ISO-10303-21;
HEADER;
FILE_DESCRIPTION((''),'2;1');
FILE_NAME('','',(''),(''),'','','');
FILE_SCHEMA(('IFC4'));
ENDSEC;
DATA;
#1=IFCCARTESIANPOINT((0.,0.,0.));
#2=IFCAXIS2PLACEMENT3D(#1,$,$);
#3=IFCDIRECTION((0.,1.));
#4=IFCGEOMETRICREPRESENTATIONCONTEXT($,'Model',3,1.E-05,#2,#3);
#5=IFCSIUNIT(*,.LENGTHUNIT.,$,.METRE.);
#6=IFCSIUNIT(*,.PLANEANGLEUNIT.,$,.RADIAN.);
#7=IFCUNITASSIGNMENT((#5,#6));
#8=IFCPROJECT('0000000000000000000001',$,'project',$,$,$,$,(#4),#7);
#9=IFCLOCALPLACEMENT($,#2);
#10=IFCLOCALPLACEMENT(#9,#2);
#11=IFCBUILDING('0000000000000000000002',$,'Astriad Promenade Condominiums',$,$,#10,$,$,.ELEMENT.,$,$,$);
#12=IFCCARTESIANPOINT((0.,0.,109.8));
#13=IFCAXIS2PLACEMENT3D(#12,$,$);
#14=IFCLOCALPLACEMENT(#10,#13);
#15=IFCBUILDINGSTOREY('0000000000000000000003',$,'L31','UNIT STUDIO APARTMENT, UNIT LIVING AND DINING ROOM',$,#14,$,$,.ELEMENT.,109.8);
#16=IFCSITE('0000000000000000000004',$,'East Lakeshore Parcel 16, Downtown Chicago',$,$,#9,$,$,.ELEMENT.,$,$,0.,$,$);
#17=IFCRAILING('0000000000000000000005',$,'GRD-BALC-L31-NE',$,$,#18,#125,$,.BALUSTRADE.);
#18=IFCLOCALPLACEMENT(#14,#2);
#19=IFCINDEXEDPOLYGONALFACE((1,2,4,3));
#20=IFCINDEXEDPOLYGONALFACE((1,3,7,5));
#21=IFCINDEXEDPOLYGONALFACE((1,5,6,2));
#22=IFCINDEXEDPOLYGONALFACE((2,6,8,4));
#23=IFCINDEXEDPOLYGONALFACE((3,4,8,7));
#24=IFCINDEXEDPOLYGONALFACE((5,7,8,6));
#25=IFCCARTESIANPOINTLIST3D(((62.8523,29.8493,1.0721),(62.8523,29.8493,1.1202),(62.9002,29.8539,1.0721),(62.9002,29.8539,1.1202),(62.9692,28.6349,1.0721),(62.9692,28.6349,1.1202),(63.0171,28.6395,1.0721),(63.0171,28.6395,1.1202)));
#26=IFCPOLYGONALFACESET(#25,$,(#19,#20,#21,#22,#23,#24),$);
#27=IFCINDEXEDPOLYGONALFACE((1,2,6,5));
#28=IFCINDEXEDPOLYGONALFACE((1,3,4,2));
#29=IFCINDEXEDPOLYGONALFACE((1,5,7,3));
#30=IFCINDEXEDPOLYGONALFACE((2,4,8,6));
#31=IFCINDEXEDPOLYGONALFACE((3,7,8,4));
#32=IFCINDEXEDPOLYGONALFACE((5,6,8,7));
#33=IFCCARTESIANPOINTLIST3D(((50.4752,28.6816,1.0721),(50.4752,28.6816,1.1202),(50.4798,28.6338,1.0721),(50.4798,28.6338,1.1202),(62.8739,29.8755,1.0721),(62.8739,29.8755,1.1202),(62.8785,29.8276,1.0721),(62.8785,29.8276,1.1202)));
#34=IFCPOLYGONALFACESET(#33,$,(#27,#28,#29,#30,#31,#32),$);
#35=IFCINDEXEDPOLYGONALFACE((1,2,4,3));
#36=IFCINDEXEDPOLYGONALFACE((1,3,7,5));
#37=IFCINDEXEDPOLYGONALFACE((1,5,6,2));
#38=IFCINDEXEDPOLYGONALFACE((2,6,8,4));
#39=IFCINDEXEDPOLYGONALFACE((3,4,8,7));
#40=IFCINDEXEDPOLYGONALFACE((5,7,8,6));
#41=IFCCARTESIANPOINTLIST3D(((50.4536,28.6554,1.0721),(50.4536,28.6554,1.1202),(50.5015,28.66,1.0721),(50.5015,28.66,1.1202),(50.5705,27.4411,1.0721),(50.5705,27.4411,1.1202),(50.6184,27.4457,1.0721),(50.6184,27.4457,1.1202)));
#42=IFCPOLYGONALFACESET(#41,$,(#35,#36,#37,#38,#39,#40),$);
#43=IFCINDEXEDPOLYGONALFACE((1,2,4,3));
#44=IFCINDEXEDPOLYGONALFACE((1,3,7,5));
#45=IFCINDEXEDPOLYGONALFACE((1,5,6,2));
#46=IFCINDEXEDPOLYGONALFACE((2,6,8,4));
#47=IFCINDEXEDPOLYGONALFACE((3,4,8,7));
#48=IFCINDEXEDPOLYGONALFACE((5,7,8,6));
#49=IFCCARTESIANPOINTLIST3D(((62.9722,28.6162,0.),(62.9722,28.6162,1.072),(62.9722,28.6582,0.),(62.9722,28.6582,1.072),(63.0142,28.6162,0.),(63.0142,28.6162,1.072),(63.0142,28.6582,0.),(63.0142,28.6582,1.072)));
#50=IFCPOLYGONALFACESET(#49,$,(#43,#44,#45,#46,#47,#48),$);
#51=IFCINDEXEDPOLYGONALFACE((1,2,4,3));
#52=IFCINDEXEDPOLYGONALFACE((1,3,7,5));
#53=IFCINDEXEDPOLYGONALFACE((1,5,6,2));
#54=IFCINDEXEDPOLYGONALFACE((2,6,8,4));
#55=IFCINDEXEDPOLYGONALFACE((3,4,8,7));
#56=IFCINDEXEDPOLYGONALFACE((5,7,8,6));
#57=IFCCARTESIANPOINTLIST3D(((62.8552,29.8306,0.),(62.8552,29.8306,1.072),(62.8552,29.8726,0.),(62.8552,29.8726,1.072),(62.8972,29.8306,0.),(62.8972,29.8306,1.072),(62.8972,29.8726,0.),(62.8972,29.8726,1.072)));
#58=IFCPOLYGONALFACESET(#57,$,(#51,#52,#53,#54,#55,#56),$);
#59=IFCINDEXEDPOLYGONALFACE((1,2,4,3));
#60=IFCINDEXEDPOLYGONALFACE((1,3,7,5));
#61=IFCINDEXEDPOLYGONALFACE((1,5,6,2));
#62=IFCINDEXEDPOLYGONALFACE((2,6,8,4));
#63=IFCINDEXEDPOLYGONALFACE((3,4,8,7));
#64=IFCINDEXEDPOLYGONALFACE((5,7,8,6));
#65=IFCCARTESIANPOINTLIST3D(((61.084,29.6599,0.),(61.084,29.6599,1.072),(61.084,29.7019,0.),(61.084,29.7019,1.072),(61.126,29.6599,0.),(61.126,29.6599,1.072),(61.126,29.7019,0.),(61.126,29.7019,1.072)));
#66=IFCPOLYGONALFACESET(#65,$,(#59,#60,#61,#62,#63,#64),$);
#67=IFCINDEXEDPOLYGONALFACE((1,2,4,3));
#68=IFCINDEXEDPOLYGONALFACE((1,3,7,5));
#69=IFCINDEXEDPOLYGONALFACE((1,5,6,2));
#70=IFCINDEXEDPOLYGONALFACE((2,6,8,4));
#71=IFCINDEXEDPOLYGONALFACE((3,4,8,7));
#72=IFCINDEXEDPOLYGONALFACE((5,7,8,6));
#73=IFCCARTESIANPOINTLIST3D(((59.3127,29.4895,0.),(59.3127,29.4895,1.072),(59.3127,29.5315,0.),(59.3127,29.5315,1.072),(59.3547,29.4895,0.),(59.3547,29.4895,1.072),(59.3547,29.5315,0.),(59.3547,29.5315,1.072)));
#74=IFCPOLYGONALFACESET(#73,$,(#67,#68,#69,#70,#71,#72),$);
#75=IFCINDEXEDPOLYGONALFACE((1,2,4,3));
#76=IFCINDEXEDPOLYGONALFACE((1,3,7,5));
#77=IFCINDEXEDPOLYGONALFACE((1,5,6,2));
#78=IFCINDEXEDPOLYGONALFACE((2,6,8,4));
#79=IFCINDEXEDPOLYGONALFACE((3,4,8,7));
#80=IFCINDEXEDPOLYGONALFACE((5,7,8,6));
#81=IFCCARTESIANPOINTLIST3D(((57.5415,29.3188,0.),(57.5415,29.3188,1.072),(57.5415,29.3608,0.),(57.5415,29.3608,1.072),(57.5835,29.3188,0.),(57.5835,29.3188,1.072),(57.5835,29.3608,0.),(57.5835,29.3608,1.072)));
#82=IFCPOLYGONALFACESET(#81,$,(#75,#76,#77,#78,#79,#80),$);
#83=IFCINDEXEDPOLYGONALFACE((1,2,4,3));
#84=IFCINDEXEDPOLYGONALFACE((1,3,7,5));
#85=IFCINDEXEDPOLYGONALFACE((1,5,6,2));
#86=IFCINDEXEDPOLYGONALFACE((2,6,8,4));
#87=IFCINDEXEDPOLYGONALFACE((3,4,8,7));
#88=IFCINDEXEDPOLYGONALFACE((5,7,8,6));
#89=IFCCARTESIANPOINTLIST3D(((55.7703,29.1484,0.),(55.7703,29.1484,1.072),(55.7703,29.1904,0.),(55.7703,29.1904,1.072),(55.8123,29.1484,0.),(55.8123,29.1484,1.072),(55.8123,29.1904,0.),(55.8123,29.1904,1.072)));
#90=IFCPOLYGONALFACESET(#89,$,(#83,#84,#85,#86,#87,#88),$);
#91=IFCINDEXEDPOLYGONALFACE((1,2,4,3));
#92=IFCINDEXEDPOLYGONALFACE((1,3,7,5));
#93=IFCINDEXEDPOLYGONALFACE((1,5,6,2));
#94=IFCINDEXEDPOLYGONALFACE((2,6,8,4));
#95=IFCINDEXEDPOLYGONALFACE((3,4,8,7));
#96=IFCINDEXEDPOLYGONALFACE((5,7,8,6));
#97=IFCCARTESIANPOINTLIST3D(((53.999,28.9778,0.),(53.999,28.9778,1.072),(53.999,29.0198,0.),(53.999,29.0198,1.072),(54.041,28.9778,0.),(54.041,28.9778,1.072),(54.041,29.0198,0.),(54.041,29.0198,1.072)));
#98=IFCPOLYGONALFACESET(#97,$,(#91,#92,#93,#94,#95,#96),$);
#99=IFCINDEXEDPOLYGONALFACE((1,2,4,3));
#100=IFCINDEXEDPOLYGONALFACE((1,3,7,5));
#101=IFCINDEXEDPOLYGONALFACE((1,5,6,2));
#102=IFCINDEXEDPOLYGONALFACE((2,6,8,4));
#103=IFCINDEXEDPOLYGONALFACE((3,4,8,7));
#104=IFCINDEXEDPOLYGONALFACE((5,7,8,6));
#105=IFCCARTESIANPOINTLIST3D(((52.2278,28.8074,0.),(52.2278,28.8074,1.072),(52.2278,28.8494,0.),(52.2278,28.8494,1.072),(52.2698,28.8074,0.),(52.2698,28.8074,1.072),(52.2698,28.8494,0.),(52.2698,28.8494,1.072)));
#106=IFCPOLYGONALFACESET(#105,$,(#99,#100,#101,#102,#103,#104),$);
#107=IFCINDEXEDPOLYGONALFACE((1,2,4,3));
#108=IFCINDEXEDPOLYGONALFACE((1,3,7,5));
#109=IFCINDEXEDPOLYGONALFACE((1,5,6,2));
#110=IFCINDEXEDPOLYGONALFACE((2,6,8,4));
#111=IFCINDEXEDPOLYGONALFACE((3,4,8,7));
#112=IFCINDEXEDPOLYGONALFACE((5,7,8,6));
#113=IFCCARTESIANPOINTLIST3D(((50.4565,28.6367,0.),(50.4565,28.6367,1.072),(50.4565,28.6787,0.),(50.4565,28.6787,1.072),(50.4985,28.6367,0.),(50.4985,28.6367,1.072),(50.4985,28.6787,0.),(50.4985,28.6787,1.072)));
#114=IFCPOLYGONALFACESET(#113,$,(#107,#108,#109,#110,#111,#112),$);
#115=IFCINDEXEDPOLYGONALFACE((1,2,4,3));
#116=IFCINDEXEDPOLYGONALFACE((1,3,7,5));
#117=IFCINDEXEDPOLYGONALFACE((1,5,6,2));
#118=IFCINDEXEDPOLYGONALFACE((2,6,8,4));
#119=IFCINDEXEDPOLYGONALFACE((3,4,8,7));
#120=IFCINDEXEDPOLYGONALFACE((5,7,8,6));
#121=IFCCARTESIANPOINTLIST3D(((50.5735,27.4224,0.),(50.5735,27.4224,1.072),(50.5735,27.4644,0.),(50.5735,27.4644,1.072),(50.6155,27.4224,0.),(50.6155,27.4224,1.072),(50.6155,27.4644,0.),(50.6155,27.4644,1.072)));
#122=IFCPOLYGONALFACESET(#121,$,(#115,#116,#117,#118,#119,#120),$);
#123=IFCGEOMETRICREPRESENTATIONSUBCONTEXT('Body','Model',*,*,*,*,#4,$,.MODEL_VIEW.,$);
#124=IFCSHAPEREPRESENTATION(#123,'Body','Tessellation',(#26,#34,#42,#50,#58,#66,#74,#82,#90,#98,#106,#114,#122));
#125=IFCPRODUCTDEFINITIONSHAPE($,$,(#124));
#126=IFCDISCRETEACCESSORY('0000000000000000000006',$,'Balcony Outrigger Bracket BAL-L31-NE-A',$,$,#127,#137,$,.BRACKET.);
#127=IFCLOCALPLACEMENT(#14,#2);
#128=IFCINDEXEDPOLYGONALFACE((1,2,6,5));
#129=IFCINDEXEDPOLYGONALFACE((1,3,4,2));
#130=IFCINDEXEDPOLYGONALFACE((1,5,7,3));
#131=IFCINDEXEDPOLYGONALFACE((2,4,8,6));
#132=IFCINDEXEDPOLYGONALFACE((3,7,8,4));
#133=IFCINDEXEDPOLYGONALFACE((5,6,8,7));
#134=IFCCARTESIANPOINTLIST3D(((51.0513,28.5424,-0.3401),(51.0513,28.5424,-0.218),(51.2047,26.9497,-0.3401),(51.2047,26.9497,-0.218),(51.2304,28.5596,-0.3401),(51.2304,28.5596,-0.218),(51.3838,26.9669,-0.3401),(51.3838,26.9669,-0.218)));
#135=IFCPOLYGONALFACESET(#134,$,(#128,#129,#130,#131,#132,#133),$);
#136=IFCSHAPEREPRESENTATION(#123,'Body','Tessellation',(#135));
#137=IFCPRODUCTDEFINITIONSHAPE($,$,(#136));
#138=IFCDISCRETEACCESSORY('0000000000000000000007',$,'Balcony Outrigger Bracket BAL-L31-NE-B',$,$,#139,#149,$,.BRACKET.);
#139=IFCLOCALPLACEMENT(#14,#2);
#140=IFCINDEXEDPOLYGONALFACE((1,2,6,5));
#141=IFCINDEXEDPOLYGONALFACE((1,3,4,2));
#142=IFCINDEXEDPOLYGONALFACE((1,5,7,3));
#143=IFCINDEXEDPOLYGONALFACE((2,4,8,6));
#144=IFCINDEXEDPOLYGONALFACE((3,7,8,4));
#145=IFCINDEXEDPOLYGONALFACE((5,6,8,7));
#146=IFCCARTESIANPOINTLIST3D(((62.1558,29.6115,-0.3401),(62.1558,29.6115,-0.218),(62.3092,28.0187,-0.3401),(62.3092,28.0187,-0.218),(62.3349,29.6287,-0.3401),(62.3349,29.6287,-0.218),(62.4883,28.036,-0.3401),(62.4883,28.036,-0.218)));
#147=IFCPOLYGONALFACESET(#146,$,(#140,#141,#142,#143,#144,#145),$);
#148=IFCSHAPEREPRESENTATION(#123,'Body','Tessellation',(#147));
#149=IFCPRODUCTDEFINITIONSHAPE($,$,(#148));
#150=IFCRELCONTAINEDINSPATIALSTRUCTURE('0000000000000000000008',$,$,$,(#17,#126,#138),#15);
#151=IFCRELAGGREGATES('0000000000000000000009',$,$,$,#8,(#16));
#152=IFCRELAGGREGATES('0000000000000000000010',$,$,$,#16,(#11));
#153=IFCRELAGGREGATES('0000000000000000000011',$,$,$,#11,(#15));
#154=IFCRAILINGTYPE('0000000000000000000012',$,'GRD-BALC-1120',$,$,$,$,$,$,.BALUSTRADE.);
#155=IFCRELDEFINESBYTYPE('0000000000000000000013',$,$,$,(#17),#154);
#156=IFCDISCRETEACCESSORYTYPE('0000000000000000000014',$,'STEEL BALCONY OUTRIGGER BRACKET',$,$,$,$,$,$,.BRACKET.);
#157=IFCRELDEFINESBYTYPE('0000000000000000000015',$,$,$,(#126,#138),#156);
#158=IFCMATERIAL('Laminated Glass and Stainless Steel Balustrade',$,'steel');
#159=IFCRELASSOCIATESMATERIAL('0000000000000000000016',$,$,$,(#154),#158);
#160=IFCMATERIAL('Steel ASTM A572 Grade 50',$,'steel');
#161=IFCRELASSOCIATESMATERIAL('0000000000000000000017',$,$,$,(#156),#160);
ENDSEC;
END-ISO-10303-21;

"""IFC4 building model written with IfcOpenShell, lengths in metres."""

from ifc_helpers import new_model, si_unit, direction, frame, origin, origin_2d, place, context, subcontext, project, spatial, rectangle, extrude, source, transform, mapped, material, type_object, type_shapes, element, save


model = new_model("IFC4")

# Units and contexts
model_context = context("Model", 3, precision=1e-05, world=origin(), true_north=direction((0.0, 1.0)))
body_context = subcontext(model_context, "Body", "Model", "MODEL_VIEW")
ifc_project = project(units=[si_unit("LENGTHUNIT", "METRE"), si_unit("PLANEANGLEUNIT", "RADIAN")], contexts=[model_context])

# Site, building, storey
site_placement = place(None, origin())
site = spatial("IfcSite", under=ifc_project, at=site_placement, Name="East Lakeshore Parcel 16, Downtown Chicago", CompositionType="ELEMENT", RefElevation=0.0)
building_placement = place(site_placement, origin())
building = spatial("IfcBuilding", under=site, at=building_placement, Name="Astriad Promenade Condominiums", CompositionType="ELEMENT")
storey_placement = place(building_placement, frame((0.0, 0.0, 109.8)))
storey = spatial("IfcBuildingStorey", under=building, at=storey_placement, Name="L31", Description="UNIT STUDIO APARTMENT, UNIT LIVING AND DINING ROOM", CompositionType="ELEMENT", Elevation=109.8)

# Railing
ifc_material_1 = material(Name="Laminated Glass and Stainless Steel Balustrade", Category="steel")
railing_type = type_object("IfcRailingType", Name="GRD-BALC-1120", PredefinedType="BALUSTRADE", material=ifc_material_1)
shared_shape_1 = source(origin(), body_context, "Body", "SweptSolid", [
    extrude(rectangle(XDim=0.0481, YDim=0.0481, at=origin_2d()), frame((0.0, 0.0, 1.0962), z_axis=(-0.095857, 0.995395, 0.0), x_axis=(-0.995395, -0.095857, 0.0)), (0.0, 0.0, 1.0), 1.22),
    extrude(rectangle(XDim=0.0481, YDim=0.0481, at=origin_2d()), frame((-0.1169, 1.2144, 1.0962), z_axis=(-0.995396, -0.095845, 0.0), x_axis=(0.095845, -0.995396, 0.0)), (0.0, 0.0, 1.0), 12.4561),
    extrude(rectangle(XDim=0.0481, YDim=0.0481, at=origin_2d()), frame((-12.5156, 0.0205, 1.0962), z_axis=(0.095857, -0.995395, 0.0), x_axis=(0.995395, 0.095857, 0.0)), (0.0, 0.0, 1.0), 1.22),
    extrude(rectangle(XDim=0.042, YDim=0.042, at=origin_2d()), origin(), (0.0, 0.0, 1.0), 1.072),
    extrude(rectangle(XDim=0.042, YDim=0.042, at=origin_2d()), frame((-0.1169, 1.2144, 0.0)), (0.0, 0.0, 1.0), 1.072),
    extrude(rectangle(XDim=0.042, YDim=0.042, at=origin_2d()), frame((-1.8882, 1.0437, 0.0)), (0.0, 0.0, 1.0), 1.072),
    extrude(rectangle(XDim=0.042, YDim=0.042, at=origin_2d()), frame((-3.6594, 0.8733, 0.0)), (0.0, 0.0, 1.0), 1.072),
    extrude(rectangle(XDim=0.042, YDim=0.042, at=origin_2d()), frame((-5.4307, 0.7026, 0.0)), (0.0, 0.0, 1.0), 1.072),
    extrude(rectangle(XDim=0.042, YDim=0.042, at=origin_2d()), frame((-7.2019, 0.5322, 0.0)), (0.0, 0.0, 1.0), 1.072),
    extrude(rectangle(XDim=0.042, YDim=0.042, at=origin_2d()), frame((-8.9731, 0.3616, 0.0)), (0.0, 0.0, 1.0), 1.072),
    extrude(rectangle(XDim=0.042, YDim=0.042, at=origin_2d()), frame((-10.7444, 0.1912, 0.0)), (0.0, 0.0, 1.0), 1.072),
    extrude(rectangle(XDim=0.042, YDim=0.042, at=origin_2d()), frame((-12.5156, 0.0205, 0.0)), (0.0, 0.0, 1.0), 1.072),
    extrude(rectangle(XDim=0.042, YDim=0.042, at=origin_2d()), frame((-12.3987, -1.1938, 0.0)), (0.0, 0.0, 1.0), 1.072),
])
type_shapes(railing_type, [shared_shape_1])
railing_placement = place(storey_placement, frame((62.9932, 28.6372, 0.0)))
element("IfcRailing", 1, at=railing_placement, inside=storey, type_object=railing_type, Name="GRD-BALC-L31-NE", PredefinedType="BALUSTRADE", context=body_context, shape_type="MappedRepresentation", body=[
    mapped(shared_shape_1, transform((0.0, 0.0, 0.0), scale=1.0)),
])

# Discrete accessories
ifc_material_2 = material(Name="Steel ASTM A572 Grade 50", Category="steel")
discrete_accessory_type = type_object("IfcDiscreteAccessoryType", Name="STEEL BALCONY OUTRIGGER BRACKET", PredefinedType="BRACKET", material=ifc_material_2)
shared_shape_2 = source(origin(), body_context, "Body", "SweptSolid", [
    extrude(rectangle(XDim=1.6001, YDim=0.1799, at=origin_2d()), origin(), (0.0, 0.0, 1.0), 0.1221),
])
type_shapes(discrete_accessory_type, [shared_shape_2])
for number, where, z_axis, x_axis, name in (
    (2, (51.2175, 27.7546, -0.3401), (0.0, 0.0, 1.0), (-0.095846, 0.995396, 0.0), "Balcony Outrigger Bracket BAL-L31-NE-A"),
    (3, (62.322, 28.8237, -0.3401), (0.0, 0.0, 1.0), (-0.095846, 0.995396, 0.0), "Balcony Outrigger Bracket BAL-L31-NE-B"),
):
    element("IfcDiscreteAccessory", number, at=place(storey_placement, frame(where, z_axis=z_axis, x_axis=x_axis)), inside=storey, type_object=discrete_accessory_type, Name=name, PredefinedType="BRACKET", context=body_context, shape_type="MappedRepresentation", body=[
        mapped(shared_shape_2, transform((0.0, 0.0, 0.0), scale=1.0)),
    ])

save(model, "model.ifc")
